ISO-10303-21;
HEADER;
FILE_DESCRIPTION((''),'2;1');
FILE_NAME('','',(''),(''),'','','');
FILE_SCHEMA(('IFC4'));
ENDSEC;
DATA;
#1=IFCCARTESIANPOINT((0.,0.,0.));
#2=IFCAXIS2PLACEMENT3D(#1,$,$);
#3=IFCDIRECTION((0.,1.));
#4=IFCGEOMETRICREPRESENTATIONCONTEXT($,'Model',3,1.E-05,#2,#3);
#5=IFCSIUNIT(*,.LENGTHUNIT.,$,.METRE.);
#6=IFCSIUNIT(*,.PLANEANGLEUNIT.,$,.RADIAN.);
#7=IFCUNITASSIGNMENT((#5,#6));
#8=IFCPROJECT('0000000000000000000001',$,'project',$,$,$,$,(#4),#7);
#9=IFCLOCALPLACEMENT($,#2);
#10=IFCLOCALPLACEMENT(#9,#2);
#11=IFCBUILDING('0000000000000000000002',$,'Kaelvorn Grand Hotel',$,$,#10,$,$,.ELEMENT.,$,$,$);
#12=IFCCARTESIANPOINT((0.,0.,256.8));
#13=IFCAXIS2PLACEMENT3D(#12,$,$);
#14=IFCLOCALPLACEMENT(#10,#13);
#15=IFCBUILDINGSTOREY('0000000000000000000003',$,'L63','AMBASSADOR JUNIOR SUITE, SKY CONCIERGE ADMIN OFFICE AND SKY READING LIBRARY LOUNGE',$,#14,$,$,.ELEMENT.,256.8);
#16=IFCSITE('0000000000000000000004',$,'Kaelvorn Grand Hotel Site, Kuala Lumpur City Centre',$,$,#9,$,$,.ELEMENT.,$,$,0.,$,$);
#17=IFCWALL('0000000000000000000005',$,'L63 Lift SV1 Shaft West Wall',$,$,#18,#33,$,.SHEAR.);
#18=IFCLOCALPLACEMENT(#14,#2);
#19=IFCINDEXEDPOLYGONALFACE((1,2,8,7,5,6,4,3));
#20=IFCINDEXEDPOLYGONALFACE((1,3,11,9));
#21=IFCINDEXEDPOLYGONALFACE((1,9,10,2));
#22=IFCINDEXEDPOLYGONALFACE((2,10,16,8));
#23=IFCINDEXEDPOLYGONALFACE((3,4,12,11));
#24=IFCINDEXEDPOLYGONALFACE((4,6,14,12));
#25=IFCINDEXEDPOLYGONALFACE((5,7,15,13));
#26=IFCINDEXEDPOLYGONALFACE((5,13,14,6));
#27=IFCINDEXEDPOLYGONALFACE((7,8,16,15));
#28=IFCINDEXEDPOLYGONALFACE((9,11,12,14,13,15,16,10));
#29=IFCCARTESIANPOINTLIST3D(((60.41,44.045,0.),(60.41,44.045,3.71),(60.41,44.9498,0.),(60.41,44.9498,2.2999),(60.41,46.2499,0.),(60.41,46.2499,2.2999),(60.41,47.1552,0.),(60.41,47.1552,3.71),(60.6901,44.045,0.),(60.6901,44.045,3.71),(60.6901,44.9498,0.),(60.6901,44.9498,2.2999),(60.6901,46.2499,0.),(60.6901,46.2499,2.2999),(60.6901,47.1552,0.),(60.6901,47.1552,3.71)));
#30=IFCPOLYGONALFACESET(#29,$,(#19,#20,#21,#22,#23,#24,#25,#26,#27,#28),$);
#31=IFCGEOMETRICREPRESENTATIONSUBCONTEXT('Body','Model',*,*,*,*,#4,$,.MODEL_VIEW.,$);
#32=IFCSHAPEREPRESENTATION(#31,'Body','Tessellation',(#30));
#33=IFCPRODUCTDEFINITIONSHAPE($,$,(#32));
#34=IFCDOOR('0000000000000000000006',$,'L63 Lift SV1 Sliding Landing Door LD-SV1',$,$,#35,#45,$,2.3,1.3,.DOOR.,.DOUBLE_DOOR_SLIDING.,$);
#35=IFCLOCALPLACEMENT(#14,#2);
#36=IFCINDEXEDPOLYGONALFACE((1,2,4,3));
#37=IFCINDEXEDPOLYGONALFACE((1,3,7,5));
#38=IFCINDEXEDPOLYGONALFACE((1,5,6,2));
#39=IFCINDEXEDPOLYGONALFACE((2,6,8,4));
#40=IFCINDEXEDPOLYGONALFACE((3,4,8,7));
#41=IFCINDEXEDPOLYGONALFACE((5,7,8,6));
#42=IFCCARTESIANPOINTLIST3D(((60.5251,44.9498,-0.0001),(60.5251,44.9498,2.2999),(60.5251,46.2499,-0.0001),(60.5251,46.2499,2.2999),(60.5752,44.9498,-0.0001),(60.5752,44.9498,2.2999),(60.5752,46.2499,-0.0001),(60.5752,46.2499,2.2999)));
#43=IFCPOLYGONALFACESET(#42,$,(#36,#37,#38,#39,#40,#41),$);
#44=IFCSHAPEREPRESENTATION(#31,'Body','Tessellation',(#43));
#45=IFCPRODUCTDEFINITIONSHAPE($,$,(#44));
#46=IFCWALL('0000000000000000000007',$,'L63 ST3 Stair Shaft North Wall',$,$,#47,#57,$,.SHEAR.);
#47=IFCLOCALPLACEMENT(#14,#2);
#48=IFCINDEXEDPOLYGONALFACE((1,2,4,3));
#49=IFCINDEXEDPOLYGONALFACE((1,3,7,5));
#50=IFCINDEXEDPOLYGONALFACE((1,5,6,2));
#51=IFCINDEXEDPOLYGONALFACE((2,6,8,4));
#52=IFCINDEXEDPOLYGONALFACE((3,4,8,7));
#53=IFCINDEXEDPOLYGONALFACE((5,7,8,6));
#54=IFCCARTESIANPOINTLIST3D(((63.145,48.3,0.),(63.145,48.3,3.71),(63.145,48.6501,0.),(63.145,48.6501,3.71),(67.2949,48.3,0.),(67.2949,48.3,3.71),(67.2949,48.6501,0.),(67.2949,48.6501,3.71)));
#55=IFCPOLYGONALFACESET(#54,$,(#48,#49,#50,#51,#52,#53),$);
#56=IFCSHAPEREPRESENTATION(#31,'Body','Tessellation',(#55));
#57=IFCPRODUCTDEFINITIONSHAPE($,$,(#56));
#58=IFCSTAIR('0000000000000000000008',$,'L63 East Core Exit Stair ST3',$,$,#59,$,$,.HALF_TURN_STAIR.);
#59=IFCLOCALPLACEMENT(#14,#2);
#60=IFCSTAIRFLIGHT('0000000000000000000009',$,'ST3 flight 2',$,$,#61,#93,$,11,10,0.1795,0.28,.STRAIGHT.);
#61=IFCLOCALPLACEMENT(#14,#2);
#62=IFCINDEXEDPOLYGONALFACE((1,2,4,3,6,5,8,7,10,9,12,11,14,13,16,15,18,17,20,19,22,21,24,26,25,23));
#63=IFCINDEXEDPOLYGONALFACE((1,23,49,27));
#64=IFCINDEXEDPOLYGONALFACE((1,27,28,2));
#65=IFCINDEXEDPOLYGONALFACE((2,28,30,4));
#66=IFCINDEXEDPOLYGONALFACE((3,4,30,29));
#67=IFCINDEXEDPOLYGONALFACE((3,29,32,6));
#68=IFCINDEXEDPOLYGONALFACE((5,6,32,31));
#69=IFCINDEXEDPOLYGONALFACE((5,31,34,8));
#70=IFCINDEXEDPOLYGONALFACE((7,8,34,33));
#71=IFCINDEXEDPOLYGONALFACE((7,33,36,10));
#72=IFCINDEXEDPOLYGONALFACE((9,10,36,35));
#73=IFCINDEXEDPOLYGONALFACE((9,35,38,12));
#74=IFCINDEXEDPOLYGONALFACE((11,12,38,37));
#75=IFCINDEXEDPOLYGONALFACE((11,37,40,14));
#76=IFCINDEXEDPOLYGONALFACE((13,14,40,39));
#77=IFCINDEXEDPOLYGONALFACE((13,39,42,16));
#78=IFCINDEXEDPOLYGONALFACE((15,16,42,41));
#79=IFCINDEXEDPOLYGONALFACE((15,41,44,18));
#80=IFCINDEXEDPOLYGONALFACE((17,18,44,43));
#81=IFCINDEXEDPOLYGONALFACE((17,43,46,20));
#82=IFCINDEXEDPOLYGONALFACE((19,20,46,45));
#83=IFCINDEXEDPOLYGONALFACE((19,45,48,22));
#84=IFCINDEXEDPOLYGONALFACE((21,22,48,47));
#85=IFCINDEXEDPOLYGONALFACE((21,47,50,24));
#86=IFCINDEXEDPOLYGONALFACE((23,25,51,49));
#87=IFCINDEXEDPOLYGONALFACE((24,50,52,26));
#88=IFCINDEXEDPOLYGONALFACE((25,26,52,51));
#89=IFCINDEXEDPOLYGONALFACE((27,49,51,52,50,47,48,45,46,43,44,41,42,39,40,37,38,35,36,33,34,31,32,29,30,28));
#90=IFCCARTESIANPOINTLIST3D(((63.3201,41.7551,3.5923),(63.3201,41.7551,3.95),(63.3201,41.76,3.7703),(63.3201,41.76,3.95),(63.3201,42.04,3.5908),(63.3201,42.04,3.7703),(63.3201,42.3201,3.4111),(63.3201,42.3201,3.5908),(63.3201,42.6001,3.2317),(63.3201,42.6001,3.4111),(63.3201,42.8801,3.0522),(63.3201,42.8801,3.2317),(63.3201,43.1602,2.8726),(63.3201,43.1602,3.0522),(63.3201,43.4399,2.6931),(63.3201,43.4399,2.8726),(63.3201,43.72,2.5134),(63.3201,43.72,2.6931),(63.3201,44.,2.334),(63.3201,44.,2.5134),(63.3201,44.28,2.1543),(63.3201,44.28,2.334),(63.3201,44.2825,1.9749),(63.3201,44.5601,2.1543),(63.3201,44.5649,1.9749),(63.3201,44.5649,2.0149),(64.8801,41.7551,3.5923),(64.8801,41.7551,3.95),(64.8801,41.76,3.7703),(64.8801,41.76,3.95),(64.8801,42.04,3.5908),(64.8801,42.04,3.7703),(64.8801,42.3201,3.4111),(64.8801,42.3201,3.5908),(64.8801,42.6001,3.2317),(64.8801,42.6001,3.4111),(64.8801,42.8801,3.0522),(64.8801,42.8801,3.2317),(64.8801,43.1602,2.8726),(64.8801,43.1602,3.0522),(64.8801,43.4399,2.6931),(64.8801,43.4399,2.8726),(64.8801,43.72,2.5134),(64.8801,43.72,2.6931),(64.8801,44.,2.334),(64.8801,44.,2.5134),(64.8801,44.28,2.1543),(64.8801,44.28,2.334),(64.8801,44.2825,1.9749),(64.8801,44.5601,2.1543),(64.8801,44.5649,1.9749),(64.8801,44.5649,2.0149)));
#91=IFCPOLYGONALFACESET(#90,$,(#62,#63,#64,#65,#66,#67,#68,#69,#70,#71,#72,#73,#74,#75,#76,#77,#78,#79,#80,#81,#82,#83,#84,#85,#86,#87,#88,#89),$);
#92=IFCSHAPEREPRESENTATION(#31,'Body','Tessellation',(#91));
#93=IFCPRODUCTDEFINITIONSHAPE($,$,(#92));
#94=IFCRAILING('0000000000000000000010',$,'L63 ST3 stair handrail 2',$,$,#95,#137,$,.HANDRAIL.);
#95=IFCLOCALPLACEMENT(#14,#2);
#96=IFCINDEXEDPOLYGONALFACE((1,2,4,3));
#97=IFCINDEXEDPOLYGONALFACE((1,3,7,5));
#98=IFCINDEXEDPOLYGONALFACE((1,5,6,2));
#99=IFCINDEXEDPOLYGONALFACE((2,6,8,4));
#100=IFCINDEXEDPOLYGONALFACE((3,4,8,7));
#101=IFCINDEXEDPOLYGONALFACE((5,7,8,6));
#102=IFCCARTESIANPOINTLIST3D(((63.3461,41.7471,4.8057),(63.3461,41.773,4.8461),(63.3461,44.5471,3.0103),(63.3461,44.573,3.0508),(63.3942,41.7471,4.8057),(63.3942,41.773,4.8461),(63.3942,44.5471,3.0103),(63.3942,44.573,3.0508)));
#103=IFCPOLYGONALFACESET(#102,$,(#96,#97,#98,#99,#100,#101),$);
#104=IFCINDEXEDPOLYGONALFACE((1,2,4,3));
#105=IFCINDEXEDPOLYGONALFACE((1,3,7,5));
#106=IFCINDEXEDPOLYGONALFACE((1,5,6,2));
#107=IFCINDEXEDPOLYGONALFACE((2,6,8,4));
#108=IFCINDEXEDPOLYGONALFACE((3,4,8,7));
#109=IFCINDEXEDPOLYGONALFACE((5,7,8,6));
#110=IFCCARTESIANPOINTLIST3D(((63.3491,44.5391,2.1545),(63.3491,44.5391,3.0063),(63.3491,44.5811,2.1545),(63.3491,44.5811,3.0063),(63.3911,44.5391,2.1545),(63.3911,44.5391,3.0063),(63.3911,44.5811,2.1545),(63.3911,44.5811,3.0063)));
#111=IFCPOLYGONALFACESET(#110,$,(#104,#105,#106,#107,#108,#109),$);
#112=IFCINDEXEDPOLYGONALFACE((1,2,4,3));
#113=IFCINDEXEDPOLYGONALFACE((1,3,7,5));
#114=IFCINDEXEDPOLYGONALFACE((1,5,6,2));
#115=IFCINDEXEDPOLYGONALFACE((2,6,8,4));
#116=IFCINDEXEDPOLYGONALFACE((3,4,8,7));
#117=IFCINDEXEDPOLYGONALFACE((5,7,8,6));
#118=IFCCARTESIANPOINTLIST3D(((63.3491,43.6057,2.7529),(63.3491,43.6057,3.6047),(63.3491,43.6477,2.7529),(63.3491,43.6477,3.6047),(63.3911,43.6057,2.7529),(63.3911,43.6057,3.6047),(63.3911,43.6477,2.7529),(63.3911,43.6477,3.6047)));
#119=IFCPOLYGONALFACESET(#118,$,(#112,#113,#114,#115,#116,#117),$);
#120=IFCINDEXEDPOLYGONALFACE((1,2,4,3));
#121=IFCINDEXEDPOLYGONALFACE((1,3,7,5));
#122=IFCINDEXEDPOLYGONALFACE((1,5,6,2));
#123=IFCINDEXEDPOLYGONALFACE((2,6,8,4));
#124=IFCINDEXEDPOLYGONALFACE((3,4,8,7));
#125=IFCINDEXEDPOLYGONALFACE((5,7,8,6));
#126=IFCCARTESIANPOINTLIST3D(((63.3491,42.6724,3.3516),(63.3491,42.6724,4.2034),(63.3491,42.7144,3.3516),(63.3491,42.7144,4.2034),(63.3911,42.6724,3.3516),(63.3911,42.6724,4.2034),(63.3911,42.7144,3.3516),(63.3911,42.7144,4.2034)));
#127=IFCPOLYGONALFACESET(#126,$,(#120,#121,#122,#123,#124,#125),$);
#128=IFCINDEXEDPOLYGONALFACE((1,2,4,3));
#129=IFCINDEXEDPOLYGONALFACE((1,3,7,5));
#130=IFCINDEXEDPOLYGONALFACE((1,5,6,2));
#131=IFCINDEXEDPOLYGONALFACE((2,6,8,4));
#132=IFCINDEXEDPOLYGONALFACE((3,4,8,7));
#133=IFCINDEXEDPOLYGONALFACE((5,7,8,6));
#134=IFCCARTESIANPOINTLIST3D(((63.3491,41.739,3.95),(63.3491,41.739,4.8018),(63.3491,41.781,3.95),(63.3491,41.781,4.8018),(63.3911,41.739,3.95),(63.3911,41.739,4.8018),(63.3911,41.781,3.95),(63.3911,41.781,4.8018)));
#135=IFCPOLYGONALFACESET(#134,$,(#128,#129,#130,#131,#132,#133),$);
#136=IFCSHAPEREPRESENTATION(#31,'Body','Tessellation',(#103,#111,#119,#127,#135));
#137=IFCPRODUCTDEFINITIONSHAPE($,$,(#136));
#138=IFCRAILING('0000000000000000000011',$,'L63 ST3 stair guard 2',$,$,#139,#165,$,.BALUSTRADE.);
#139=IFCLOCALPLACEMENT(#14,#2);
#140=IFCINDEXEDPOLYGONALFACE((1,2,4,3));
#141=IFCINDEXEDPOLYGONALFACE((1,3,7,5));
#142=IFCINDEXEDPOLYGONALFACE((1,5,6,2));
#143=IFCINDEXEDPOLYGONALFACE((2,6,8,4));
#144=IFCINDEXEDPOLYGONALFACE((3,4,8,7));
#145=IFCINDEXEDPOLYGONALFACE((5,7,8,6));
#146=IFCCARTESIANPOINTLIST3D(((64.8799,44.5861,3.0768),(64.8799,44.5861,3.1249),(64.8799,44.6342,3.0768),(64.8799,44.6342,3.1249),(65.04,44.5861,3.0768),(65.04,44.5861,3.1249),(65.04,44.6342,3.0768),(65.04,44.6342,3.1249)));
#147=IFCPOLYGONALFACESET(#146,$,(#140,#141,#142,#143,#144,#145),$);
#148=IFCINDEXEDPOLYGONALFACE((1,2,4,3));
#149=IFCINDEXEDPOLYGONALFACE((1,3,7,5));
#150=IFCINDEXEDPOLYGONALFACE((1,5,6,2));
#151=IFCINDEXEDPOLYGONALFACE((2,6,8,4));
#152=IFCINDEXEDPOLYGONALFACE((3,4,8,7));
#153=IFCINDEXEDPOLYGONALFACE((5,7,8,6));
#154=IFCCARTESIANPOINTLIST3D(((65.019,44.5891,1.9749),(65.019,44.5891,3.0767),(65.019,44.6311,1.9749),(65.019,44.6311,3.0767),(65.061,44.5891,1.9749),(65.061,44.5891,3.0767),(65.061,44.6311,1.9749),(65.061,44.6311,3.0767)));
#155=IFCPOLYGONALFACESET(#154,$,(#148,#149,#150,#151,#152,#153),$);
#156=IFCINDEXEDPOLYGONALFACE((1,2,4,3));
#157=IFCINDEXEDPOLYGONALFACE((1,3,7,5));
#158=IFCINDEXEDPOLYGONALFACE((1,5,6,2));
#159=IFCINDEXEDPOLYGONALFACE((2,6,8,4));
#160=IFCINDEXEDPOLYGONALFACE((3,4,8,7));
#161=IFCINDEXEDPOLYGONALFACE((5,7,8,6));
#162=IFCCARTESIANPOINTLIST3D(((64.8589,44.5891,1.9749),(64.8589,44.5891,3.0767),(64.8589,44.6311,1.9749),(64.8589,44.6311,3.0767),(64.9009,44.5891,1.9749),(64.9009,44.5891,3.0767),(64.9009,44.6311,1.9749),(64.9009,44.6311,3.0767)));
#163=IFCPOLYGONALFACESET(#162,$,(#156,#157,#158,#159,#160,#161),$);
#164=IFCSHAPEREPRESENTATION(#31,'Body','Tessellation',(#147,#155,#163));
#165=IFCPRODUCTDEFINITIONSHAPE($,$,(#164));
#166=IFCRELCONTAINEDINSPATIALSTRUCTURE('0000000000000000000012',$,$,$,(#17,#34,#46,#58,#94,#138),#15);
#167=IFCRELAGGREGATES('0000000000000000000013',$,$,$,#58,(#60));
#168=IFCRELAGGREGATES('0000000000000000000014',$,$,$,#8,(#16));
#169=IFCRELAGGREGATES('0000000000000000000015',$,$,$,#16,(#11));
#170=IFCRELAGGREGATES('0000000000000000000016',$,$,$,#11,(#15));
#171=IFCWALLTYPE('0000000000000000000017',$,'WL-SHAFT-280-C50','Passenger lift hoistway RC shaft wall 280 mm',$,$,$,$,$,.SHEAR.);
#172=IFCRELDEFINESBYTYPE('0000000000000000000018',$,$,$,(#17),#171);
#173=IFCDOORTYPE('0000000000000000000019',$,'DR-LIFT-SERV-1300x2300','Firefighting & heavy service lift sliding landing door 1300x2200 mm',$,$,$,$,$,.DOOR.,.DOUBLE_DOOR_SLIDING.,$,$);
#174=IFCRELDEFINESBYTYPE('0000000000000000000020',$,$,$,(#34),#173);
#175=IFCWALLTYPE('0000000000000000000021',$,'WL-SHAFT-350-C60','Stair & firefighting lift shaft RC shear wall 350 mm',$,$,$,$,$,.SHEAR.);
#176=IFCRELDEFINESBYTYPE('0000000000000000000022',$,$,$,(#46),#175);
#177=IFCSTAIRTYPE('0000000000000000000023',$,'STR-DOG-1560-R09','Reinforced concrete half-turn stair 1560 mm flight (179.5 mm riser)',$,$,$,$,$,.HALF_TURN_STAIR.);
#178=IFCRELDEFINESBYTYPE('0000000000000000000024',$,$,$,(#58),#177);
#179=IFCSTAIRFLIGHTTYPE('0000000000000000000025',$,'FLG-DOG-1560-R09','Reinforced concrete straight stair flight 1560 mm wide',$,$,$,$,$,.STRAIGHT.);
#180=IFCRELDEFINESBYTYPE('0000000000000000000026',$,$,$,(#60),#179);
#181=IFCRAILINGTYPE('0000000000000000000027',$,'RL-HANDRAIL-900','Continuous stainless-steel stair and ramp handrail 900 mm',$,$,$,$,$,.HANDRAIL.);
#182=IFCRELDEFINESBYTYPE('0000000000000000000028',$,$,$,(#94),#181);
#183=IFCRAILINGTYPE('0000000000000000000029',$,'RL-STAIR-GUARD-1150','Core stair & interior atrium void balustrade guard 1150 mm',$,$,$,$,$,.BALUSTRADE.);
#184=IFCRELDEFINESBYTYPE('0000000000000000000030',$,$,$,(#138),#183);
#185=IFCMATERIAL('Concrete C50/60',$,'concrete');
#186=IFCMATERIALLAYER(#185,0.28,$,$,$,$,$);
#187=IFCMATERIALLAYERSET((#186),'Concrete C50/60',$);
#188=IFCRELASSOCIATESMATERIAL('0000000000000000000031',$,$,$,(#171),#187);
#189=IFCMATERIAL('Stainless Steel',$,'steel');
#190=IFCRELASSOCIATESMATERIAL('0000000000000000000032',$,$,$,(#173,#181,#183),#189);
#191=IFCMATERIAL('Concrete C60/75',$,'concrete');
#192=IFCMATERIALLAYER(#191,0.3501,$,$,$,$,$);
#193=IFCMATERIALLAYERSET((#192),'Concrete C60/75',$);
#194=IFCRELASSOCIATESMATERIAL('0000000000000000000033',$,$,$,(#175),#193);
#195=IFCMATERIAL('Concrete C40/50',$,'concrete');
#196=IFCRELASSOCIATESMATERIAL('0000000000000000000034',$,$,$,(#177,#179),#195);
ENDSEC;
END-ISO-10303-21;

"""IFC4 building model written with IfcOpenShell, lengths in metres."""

from ifc_helpers import new_model, si_unit, direction, frame, frame_2d, origin, origin_2d, place, context, subcontext, project, spatial, polyline, rectangle, outline, extrude, material, layer, layer_set, type_object, element, fill, aggregate, save


model = new_model("IFC4")

# Units and contexts
model_context = context("Model", 3, precision=1e-05, world=origin(), true_north=direction((0.0, 1.0)))
body_context = subcontext(model_context, "Body", "Model", "MODEL_VIEW")
ifc_project = project(units=[si_unit("LENGTHUNIT", "METRE"), si_unit("PLANEANGLEUNIT", "RADIAN")], contexts=[model_context])

# Site, building, storey
site_placement = place(None, origin())
site = spatial("IfcSite", under=ifc_project, at=site_placement, Name="Kaelvorn Grand Hotel Site, Kuala Lumpur City Centre", CompositionType="ELEMENT", RefElevation=0.0)
building_placement = place(site_placement, origin())
building = spatial("IfcBuilding", under=site, at=building_placement, Name="Kaelvorn Grand Hotel", CompositionType="ELEMENT")
storey_placement = place(building_placement, frame((0.0, 0.0, 256.8)))
storey = spatial("IfcBuildingStorey", under=building, at=storey_placement, Name="L63", Description="AMBASSADOR JUNIOR SUITE, SKY CONCIERGE ADMIN OFFICE AND SKY READING LIBRARY LOUNGE", CompositionType="ELEMENT", Elevation=256.8)

# Shared definitions
ifc_material_1 = material(Name="Concrete C60/75", Category="concrete")
ifc_material_2 = material(Name="Concrete C50/60", Category="concrete")

# Shared definitions
ifc_material_3 = material(Name="Concrete C40/50", Category="concrete")

# Shared definitions
ifc_layer_1 = layer(ifc_material_2, 0.28)
ifc_layer_set_1 = layer_set([ifc_layer_1], Name="Concrete C50/60")
wall_type_1 = type_object("IfcWallType", Name="WL-SHAFT-280-C50", Description="Passenger lift hoistway RC shaft wall 280 mm", PredefinedType="SHEAR", material=ifc_layer_set_1)

# Wall, opening, door
wall_1_placement = place(storey_placement, frame((60.55, 44.0449, 0.0), z_axis=(0.0, 0.0, 1.0), x_axis=(0.0, 1.0, 0.0)))
wall_1 = element("IfcWall", 1, at=wall_1_placement, inside=storey, type_object=wall_type_1, Name="L63 Lift SV1 Shaft West Wall", PredefinedType="SHEAR", context=body_context, shape_type="SweptSolid", body=[
    extrude(rectangle(XDim=3.1101, YDim=0.28, at=frame_2d((1.5552, 0.0))), origin(), (0.0, 0.0, 1.0), 3.71),
])
opening_1_placement = place(wall_1_placement, frame((0.905, 0.0, 0.0)))
opening_1 = element("IfcOpeningElement", 2, at=opening_1_placement, cuts=wall_1, PredefinedType="OPENING", context=body_context, shape_type="SweptSolid", body=[
    extrude(rectangle(XDim=1.3, YDim=2.3, at=frame_2d((0.6499, 1.1499))), frame((0.0, 0.1499, 0.0), z_axis=(0.0, -1.0, 0.0), x_axis=(1.0, 0.0, 0.0)), (0.0, 0.0, 1.0), 0.3),
])
ifc_material_4 = material(Name="Stainless Steel", Category="steel")
door_type = type_object("IfcDoorType", Name="DR-LIFT-SERV-1300x2300", Description="Firefighting & heavy service lift sliding landing door 1300x2200 mm", OperationType="DOUBLE_DOOR_SLIDING", PredefinedType="DOOR", material=ifc_material_4)
door_placement = place(opening_1_placement, origin())
door = element("IfcDoor", 3, at=door_placement, inside=storey, type_object=door_type, Name="L63 Lift SV1 Sliding Landing Door LD-SV1", OperationType="DOUBLE_DOOR_SLIDING", OverallHeight=2.3, OverallWidth=1.3, PredefinedType="DOOR", context=body_context, shape_type="SweptSolid", body=[
    extrude(rectangle(XDim=1.3, YDim=2.3, at=frame_2d((0.6499, 1.1499))), frame((0.0, 0.0249, 0.0), z_axis=(0.0, -1.0, 0.0), x_axis=(1.0, 0.0, 0.0)), (0.0, 0.0, 1.0), 0.05),
])
fill(opening_1, door)

# Wall
ifc_layer_2 = layer(ifc_material_1, 0.3501)
ifc_layer_set_2 = layer_set([ifc_layer_2], Name="Concrete C60/75")
wall_type_2 = type_object("IfcWallType", Name="WL-SHAFT-350-C60", Description="Stair & firefighting lift shaft RC shear wall 350 mm", PredefinedType="SHEAR", material=ifc_layer_set_2)
wall_2_placement = place(storey_placement, frame((63.145, 48.4751, 0.0), z_axis=(0.0, 0.0, 1.0), x_axis=(1.0, 0.0, 0.0)))
element("IfcWall", 4, at=wall_2_placement, inside=storey, type_object=wall_type_2, Name="L63 ST3 Stair Shaft North Wall", PredefinedType="SHEAR", context=body_context, shape_type="SweptSolid", body=[
    extrude(rectangle(XDim=4.1499, YDim=0.3501, at=frame_2d((2.075, 0.0))), origin(), (0.0, 0.0, 1.0), 3.71),
])

# Stair, stair flight
stair_type = type_object("IfcStairType", Name="STR-DOG-1560-R09", Description="Reinforced concrete half-turn stair 1560 mm flight (179.5 mm riser)", PredefinedType="HALF_TURN_STAIR", material=ifc_material_3)
stair_placement = place(storey_placement, origin())
stair = element("IfcStair", 5, at=stair_placement, inside=storey, type_object=stair_type, Name="L63 East Core Exit Stair ST3", PredefinedType="HALF_TURN_STAIR")
stair_flight_type = type_object("IfcStairFlightType", Name="FLG-DOG-1560-R09", Description="Reinforced concrete straight stair flight 1560 mm wide", PredefinedType="STRAIGHT", material=ifc_material_3)
stair_flight_placement = place(storey_placement, frame((64.1001, 44.5601, 1.9749), z_axis=(0.0, 0.0, 1.0), x_axis=(0.0, -1.0, 0.0)))
stair_flight = element("IfcStairFlight", 6, at=stair_flight_placement, type_object=stair_flight_type, Name="ST3 flight 2", NumberOfRisers=11, NumberOfTreads=10, PredefinedType="STRAIGHT", RiserHeight=0.1795, TreadLength=0.28, context=body_context, shape_type="SweptSolid", body=[
    extrude(outline(polyline([(-0.0049, 0.0), (-0.0049, 0.04), (0.0, 0.1794), (0.28, 0.1794), (0.28, 0.3591), (0.5601, 0.3591), (0.5601, 0.5386), (0.8401, 0.5386), (0.8401, 0.7183), (1.1201, 0.7183), (1.1201, 0.8977), (1.3999, 0.8977), (1.3999, 1.0774), (1.6799, 1.0774), (1.6799, 1.2568), (1.96, 1.2568), (1.96, 1.4363), (2.24, 1.4363), (2.24, 1.616), (2.52, 1.616), (2.52, 1.7954), (2.8, 1.7954), (2.8, 1.9751), (2.8049, 1.9751), (2.8049, 1.6174), (0.2776, 0.0), (-0.0049, 0.0)])), frame((0.0, 0.78, 0.0), z_axis=(0.0, -1.0, 0.0), x_axis=(1.0, 0.0, 0.0)), (0.0, 0.0, 1.0), 1.5601),
])
aggregate(stair, [stair_flight])

# Railings
railing_type_1 = type_object("IfcRailingType", Name="RL-HANDRAIL-900", Description="Continuous stainless-steel stair and ramp handrail 900 mm", PredefinedType="HANDRAIL", material=ifc_material_4)
railing_1_placement = place(storey_placement, frame((63.3701, 44.5601, 2.1545)))
element("IfcRailing", 7, at=railing_1_placement, inside=storey, type_object=railing_type_1, Name="L63 ST3 stair handrail 2", PredefinedType="HANDRAIL", context=body_context, shape_type="SweptSolid", body=[
    extrude(rectangle(XDim=0.0481, YDim=0.0481, at=origin_2d()), frame((0.0, 0.0, 0.876), z_axis=(0.0, -0.84181, 0.539774), x_axis=(1.0, 0.0, 0.0)), (0.0, 0.0, 1.0), 3.3262),
    extrude(rectangle(XDim=0.042, YDim=0.042, at=origin_2d()), origin(), (0.0, 0.0, 1.0), 0.8518),
    extrude(rectangle(XDim=0.042, YDim=0.042, at=origin_2d()), frame((0.0, -0.9333, 0.5984)), (0.0, 0.0, 1.0), 0.8518),
    extrude(rectangle(XDim=0.042, YDim=0.042, at=origin_2d()), frame((0.0, -1.8667, 1.197)), (0.0, 0.0, 1.0), 0.8518),
    extrude(rectangle(XDim=0.042, YDim=0.042, at=origin_2d()), frame((0.0, -2.8, 1.7954)), (0.0, 0.0, 1.0), 0.8518),
])
railing_type_2 = type_object("IfcRailingType", Name="RL-STAIR-GUARD-1150", Description="Core stair & interior atrium void balustrade guard 1150 mm", PredefinedType="BALUSTRADE", material=ifc_material_4)
railing_2_placement = place(storey_placement, frame((65.04, 44.6101, 1.9749)))
element("IfcRailing", 8, at=railing_2_placement, inside=storey, type_object=railing_type_2, Name="L63 ST3 stair guard 2", PredefinedType="BALUSTRADE", context=body_context, shape_type="SweptSolid", body=[
    extrude(rectangle(XDim=0.0481, YDim=0.0481, at=origin_2d()), frame((0.0, 0.0, 1.126), z_axis=(-1.0, 0.0, 0.0), x_axis=(0.0, -1.0, 0.0)), (0.0, 0.0, 1.0), 0.1602),
    extrude(rectangle(XDim=0.042, YDim=0.042, at=origin_2d()), origin(), (0.0, 0.0, 1.0), 1.1018),
    extrude(rectangle(XDim=0.042, YDim=0.042, at=origin_2d()), frame((-0.1602, 0.0, 0.0)), (0.0, 0.0, 1.0), 1.1018),
])

save(model, "model.ifc")
